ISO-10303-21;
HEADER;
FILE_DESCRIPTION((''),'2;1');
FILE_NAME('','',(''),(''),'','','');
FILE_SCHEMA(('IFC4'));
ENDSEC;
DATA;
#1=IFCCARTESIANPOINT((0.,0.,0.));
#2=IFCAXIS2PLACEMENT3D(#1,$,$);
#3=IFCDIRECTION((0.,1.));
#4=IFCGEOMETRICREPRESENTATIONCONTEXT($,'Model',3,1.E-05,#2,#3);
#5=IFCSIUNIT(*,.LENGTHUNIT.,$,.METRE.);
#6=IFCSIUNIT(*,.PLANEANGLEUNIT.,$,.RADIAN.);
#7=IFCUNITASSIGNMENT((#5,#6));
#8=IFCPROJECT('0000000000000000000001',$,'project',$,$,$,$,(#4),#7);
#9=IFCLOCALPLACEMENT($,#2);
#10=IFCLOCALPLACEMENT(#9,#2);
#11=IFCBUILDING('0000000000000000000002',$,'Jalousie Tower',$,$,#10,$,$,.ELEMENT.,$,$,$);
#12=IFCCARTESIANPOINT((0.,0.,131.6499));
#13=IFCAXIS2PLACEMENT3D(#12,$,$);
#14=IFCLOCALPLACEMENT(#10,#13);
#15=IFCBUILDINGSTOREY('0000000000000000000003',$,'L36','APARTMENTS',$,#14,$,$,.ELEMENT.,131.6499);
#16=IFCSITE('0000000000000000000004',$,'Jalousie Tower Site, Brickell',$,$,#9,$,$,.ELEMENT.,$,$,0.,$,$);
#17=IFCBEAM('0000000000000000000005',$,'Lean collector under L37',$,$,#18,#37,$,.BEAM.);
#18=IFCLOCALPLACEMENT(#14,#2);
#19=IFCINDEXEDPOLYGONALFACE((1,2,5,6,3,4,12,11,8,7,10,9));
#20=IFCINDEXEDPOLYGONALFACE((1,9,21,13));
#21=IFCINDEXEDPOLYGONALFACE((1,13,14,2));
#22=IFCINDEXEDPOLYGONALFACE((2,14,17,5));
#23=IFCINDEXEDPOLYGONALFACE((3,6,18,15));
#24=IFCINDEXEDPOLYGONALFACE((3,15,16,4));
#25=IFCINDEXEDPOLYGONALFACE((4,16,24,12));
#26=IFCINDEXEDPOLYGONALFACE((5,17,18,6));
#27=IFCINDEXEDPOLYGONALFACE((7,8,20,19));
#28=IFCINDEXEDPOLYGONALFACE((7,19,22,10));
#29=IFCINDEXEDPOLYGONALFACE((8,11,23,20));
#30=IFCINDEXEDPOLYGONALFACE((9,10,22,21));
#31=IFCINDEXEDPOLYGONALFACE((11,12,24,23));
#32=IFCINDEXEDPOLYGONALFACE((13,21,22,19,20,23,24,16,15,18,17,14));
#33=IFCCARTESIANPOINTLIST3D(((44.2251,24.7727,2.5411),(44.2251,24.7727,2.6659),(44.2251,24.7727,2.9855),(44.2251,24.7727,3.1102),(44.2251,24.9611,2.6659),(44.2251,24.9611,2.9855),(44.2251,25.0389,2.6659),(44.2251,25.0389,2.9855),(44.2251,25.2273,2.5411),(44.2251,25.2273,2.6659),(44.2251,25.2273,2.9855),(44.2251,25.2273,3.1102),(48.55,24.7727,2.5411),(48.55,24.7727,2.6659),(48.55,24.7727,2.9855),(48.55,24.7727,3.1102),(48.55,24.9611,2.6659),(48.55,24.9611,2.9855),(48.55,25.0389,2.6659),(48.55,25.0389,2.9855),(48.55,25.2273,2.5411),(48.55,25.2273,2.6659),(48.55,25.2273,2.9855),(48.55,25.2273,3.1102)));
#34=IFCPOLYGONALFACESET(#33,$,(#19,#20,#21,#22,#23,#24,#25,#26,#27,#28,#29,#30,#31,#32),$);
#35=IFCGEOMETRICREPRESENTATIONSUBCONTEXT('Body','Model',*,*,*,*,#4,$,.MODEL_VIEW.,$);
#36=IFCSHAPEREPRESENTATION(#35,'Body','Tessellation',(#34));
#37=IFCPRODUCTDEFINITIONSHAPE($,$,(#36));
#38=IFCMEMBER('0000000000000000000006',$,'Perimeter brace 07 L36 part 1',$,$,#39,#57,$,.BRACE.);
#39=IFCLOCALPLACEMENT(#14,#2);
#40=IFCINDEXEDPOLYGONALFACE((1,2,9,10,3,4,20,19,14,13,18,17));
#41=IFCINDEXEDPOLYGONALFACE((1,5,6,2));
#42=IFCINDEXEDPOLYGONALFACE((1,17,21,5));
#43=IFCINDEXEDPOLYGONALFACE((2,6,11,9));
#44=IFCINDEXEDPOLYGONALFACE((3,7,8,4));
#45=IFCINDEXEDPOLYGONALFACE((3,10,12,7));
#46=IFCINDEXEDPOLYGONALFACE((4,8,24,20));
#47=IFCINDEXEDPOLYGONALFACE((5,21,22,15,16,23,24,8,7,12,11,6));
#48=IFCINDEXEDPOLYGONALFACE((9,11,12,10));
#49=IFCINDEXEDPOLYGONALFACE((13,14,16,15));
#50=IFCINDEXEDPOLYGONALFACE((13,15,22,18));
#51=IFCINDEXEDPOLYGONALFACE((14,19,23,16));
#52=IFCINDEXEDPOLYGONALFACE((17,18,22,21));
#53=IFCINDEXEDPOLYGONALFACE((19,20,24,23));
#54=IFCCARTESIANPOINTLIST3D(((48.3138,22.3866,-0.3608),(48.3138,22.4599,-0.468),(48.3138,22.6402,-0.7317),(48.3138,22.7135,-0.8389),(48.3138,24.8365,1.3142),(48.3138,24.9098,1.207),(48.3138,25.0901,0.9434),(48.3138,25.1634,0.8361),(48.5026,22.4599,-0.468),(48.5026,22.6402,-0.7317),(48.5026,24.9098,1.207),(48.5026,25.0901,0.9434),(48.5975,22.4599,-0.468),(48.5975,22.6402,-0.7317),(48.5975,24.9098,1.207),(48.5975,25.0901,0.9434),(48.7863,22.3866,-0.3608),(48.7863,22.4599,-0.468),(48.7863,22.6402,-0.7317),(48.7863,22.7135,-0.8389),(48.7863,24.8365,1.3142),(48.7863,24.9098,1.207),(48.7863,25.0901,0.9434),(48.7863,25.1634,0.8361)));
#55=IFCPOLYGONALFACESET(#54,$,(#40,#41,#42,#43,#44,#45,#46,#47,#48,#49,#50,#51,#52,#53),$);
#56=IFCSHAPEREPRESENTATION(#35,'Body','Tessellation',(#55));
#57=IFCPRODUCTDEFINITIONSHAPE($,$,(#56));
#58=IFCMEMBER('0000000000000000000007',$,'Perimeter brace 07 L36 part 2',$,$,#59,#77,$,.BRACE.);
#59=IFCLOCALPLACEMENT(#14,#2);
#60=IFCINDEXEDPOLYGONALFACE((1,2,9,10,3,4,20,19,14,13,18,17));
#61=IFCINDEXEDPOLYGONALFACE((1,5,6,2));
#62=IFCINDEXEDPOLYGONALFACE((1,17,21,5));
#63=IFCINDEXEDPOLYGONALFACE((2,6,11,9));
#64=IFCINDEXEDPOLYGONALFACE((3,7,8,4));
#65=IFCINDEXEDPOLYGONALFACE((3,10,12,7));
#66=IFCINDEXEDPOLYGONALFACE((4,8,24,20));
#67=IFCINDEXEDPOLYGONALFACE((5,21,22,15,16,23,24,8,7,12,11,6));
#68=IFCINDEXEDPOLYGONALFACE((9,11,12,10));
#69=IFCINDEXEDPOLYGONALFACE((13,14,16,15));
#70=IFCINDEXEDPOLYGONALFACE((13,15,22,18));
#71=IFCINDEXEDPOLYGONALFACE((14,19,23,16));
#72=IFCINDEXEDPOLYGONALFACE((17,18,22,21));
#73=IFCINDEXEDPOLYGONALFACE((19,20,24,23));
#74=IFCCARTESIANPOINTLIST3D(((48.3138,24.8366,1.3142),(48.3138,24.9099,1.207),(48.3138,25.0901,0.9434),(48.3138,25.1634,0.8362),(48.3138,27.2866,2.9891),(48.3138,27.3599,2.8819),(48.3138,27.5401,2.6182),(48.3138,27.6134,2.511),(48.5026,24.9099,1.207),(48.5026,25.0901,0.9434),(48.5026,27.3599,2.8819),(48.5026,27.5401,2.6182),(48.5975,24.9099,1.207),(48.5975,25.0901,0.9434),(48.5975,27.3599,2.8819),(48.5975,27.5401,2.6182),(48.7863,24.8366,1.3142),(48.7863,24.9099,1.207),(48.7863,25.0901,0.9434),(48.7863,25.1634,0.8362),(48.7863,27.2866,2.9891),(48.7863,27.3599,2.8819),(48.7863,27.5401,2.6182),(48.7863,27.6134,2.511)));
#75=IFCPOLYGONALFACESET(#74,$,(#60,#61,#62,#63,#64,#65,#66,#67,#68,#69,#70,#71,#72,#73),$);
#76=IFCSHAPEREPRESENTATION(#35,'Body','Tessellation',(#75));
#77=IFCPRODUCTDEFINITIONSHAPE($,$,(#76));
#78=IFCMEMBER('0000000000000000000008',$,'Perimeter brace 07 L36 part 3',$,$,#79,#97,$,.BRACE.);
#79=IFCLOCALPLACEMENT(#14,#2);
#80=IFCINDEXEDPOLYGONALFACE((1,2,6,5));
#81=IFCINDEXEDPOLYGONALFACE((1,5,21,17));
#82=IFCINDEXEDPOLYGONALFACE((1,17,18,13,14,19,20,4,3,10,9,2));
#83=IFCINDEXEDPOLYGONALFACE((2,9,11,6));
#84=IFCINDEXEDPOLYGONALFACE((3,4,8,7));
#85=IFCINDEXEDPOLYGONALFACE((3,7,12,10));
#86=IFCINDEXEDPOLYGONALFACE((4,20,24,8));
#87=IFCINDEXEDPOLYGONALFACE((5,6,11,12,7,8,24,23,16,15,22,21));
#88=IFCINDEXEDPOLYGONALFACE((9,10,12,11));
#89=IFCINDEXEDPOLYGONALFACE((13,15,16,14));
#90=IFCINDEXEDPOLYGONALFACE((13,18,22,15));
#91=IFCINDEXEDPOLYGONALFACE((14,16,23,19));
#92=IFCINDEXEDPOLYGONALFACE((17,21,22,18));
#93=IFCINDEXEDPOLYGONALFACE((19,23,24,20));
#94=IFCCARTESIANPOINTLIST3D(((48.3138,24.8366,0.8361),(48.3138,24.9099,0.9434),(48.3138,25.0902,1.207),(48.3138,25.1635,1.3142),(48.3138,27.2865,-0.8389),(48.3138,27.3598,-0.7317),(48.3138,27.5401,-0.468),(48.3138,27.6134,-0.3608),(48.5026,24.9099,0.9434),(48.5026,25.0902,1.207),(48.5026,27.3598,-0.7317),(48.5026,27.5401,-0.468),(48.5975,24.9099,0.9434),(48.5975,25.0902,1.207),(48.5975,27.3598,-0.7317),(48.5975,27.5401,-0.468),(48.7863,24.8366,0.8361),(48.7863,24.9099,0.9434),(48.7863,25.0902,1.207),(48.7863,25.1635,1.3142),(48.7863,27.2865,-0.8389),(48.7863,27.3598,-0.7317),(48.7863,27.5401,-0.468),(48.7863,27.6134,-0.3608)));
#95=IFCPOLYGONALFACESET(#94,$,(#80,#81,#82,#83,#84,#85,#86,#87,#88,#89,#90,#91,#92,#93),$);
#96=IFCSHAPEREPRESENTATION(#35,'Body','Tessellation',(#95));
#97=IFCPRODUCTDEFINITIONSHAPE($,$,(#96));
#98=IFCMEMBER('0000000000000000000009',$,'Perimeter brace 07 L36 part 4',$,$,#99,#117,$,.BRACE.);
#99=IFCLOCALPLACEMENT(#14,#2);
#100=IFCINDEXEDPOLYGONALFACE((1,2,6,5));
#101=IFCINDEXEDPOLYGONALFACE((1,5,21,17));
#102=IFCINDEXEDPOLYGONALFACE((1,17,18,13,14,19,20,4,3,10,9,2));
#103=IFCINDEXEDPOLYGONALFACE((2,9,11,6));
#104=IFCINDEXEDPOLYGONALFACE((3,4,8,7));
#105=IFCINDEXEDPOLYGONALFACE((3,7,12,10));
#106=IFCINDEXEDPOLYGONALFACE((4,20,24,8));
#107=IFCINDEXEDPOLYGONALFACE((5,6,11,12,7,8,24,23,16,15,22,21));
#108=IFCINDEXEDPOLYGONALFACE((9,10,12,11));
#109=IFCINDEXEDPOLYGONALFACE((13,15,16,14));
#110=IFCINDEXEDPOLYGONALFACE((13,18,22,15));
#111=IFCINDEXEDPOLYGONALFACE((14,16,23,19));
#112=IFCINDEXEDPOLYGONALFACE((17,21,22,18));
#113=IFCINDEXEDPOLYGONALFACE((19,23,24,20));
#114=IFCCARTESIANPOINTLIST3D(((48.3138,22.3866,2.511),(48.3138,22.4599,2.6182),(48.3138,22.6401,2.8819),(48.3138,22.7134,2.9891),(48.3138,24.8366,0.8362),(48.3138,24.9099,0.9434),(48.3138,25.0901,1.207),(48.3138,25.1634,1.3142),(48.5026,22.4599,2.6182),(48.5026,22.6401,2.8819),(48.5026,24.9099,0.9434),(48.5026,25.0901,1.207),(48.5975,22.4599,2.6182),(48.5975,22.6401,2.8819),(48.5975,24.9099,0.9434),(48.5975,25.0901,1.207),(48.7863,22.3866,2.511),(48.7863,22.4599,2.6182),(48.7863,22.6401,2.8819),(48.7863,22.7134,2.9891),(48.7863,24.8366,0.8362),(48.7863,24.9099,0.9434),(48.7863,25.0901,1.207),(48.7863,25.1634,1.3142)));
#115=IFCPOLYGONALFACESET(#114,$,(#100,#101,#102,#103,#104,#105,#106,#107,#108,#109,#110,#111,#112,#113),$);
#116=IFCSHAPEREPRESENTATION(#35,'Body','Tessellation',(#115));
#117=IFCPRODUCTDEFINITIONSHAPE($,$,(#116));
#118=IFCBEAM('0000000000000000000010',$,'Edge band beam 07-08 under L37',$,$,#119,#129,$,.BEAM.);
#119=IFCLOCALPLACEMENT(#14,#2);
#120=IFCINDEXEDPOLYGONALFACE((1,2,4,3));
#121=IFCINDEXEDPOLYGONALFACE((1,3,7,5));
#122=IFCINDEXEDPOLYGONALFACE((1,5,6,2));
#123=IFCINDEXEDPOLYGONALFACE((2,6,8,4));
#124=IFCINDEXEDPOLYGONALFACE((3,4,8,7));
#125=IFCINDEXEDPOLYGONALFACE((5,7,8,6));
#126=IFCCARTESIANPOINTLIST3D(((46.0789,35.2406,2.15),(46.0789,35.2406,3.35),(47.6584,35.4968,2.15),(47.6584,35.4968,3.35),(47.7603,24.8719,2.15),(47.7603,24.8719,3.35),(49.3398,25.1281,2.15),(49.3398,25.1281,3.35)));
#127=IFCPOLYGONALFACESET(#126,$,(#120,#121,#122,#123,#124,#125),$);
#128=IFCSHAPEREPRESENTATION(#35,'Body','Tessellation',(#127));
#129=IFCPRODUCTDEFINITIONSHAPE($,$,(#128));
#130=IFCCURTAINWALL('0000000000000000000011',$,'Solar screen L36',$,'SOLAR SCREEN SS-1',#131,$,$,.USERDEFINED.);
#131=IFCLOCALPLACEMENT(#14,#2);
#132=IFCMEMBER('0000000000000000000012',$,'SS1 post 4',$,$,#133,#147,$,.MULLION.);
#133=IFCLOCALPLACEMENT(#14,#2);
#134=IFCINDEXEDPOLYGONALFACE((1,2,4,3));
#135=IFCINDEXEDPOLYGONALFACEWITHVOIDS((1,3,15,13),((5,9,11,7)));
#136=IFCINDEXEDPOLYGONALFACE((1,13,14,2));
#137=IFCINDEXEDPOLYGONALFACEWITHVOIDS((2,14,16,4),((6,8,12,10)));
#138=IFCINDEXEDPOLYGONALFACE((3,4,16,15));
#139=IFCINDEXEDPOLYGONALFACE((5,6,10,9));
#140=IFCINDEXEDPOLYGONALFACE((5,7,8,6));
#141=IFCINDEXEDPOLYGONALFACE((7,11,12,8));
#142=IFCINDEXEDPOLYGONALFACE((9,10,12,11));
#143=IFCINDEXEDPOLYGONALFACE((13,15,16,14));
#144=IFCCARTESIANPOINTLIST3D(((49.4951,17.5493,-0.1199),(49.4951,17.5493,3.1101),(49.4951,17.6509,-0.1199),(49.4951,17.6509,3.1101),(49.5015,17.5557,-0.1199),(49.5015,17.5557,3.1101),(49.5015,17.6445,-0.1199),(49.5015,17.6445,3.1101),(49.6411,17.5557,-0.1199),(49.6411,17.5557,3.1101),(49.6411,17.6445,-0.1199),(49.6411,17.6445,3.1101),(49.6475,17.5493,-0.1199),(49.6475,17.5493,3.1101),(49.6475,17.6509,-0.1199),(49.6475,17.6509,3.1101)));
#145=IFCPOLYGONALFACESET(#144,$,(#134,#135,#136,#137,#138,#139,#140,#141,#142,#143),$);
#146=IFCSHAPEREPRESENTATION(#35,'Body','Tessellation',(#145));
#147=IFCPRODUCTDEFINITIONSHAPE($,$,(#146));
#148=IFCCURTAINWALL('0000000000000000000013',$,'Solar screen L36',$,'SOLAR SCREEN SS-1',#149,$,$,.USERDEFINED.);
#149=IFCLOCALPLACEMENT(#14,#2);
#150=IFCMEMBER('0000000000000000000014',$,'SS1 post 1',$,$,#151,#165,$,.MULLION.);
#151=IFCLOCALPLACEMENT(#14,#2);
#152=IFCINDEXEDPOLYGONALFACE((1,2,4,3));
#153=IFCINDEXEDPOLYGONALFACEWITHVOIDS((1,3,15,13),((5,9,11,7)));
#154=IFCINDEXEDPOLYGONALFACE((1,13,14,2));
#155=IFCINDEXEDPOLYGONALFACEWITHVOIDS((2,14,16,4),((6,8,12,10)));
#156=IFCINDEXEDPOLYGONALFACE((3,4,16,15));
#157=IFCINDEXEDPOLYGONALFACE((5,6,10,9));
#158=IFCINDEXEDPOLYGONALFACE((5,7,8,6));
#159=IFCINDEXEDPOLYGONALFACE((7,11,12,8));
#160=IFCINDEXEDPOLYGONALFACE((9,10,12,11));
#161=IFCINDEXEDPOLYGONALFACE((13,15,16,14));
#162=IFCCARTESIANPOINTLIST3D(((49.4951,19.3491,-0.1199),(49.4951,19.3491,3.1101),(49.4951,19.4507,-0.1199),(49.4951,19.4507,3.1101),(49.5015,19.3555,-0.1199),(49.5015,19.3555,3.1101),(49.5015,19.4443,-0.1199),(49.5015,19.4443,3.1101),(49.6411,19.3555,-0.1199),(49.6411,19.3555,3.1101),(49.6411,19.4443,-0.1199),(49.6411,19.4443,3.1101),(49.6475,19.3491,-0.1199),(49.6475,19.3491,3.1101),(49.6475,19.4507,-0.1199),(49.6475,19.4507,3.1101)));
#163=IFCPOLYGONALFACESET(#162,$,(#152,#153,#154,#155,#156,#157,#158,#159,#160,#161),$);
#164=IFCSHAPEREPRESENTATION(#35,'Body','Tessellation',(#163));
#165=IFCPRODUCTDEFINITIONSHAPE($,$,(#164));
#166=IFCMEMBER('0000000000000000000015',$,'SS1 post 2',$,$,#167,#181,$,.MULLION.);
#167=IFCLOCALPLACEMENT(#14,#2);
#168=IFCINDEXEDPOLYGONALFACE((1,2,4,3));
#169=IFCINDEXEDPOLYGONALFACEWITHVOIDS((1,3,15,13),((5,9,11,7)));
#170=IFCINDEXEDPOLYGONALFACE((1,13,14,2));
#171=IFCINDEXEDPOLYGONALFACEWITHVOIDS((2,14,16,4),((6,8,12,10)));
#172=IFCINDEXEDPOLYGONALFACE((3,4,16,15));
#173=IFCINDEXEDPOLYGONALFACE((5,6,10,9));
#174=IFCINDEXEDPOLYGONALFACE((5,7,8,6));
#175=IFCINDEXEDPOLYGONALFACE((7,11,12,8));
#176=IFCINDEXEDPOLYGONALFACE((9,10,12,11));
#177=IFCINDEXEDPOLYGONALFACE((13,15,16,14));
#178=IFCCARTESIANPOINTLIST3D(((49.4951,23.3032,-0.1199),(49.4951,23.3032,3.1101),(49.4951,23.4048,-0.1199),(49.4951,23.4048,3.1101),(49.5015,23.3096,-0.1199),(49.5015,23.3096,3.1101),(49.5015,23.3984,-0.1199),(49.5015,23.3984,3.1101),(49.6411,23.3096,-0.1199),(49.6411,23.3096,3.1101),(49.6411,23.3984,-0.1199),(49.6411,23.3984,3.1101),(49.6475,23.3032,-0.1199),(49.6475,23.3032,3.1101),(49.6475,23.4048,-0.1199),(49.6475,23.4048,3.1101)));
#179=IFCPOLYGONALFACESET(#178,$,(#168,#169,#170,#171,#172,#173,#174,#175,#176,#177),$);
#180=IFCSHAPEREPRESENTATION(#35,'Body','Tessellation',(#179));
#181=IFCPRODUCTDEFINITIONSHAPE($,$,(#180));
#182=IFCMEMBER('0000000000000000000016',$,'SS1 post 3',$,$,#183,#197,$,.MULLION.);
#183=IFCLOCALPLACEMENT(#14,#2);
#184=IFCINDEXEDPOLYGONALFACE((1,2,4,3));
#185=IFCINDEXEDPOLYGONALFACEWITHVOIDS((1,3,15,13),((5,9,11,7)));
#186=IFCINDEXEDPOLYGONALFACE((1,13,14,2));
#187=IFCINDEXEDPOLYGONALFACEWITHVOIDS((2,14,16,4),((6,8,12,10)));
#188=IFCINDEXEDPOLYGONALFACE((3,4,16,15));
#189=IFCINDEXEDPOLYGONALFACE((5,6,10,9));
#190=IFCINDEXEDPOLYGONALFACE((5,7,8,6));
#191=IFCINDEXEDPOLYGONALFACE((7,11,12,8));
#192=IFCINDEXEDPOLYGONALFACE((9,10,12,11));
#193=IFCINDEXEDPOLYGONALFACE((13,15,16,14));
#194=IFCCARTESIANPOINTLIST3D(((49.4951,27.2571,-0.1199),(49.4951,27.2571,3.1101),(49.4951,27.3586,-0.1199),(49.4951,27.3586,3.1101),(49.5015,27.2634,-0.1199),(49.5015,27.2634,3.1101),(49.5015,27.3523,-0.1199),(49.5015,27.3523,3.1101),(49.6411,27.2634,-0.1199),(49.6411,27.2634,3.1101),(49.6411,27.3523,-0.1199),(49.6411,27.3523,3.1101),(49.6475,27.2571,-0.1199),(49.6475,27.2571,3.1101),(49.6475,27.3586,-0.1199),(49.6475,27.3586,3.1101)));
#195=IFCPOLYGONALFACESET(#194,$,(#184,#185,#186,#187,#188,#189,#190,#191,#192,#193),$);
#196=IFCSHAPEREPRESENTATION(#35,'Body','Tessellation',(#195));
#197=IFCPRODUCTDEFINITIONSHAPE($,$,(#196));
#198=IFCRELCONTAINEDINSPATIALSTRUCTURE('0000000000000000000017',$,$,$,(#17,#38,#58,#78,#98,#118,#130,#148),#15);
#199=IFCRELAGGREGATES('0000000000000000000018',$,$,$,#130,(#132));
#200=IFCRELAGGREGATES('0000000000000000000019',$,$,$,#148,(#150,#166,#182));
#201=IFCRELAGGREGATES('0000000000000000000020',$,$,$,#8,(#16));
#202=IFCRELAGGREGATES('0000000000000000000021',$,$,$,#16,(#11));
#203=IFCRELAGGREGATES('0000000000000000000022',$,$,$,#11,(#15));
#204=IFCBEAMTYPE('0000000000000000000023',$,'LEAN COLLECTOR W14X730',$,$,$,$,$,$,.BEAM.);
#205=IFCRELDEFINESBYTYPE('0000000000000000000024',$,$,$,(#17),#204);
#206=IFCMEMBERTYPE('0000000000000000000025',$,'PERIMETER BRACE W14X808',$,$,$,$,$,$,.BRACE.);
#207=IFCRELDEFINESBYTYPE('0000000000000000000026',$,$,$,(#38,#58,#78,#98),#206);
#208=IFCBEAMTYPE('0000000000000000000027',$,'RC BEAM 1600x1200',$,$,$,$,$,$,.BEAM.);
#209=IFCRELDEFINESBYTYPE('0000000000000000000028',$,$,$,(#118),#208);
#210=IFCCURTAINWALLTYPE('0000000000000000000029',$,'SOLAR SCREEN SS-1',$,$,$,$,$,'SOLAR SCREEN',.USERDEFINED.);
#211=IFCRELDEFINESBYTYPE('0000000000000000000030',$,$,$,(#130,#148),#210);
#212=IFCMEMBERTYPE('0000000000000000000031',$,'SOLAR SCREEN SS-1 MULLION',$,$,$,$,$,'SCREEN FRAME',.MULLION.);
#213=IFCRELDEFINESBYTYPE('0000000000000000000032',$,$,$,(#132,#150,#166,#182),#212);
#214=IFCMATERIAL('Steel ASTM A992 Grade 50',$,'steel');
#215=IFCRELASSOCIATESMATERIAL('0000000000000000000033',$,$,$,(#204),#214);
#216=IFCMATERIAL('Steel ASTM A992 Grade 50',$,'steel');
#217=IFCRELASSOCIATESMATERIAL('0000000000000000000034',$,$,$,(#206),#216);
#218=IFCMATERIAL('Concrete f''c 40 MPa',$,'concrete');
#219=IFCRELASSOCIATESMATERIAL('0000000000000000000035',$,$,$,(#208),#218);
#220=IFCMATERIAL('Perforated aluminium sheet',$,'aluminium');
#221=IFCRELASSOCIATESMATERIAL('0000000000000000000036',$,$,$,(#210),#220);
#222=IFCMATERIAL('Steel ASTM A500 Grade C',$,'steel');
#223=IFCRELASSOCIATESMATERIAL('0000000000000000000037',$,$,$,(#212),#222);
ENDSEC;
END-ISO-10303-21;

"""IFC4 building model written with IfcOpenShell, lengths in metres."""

from ifc_helpers import new_model, si_unit, direction, frame, origin, origin_2d, place, context, subcontext, project, spatial, rectangle, hollow_rectangle, i_section, extrude, material, material_profile, profile_set, type_object, element, aggregate, save


model = new_model("IFC4")

# Units and contexts
model_context = context("Model", 3, precision=1e-05, world=origin(), true_north=direction((0.0, 1.0)))
body_context = subcontext(model_context, "Body", "Model", "MODEL_VIEW")
ifc_project = project(units=[si_unit("LENGTHUNIT", "METRE"), si_unit("PLANEANGLEUNIT", "RADIAN")], contexts=[model_context])

# Site, building, storey
site_placement = place(None, origin())
site = spatial("IfcSite", under=ifc_project, at=site_placement, Name="Jalousie Tower Site, Brickell", CompositionType="ELEMENT", RefElevation=0.0)
building_placement = place(site_placement, origin())
building = spatial("IfcBuilding", under=site, at=building_placement, Name="Jalousie Tower", CompositionType="ELEMENT")
storey_placement = place(building_placement, frame((0.0, 0.0, 131.6499)))
storey = spatial("IfcBuildingStorey", under=building, at=storey_placement, Name="L36", Description="APARTMENTS", CompositionType="ELEMENT", Elevation=131.6499)

# Beam
ifc_material_1 = material(Name="Steel ASTM A992 Grade 50", Category="steel")
ifc_material_profile_1 = material_profile(ifc_material_1, i_section(OverallWidth=0.4546, OverallDepth=0.5691, WebThickness=0.0779, FlangeThickness=0.1248, at=origin_2d()), Name="W14X730")
ifc_profile_set_1 = profile_set([ifc_material_profile_1], Name="Steel ASTM A992 Grade 50")
beam_type_1 = type_object("IfcBeamType", Name="LEAN COLLECTOR W14X730", PredefinedType="BEAM", material=ifc_profile_set_1)
beam_1_placement = place(storey_placement, frame((48.55, 25.0, 2.8257), z_axis=(-1.0, 0.0, 0.0), x_axis=(0.0, -1.0, 0.0)))
element("IfcBeam", 1, at=beam_1_placement, inside=storey, type_object=beam_type_1, Name="Lean collector under L37", PredefinedType="BEAM", context=body_context, shape_type="SweptSolid", body=[
    extrude(i_section(OverallWidth=0.4546, OverallDepth=0.5691, WebThickness=0.0779, FlangeThickness=0.1248, at=origin_2d()), origin(), (0.0, 0.0, 1.0), 4.325),
])

# Members
ifc_material_2 = material(Name="Steel ASTM A992 Grade 50", Category="steel")
ifc_material_profile_2 = material_profile(ifc_material_2, i_section(OverallWidth=0.4724, OverallDepth=0.5791, WebThickness=0.095, FlangeThickness=0.1299, at=origin_2d()), Name="W14X808")
ifc_profile_set_2 = profile_set([ifc_material_profile_2], Name="Steel ASTM A992 Grade 50")
member_type_1 = type_object("IfcMemberType", Name="PERIMETER BRACE W14X808", PredefinedType="BRACE", material=ifc_profile_set_2)
for number, where, z_axis, x_axis, name in (
    (2, (48.55, 22.55, -0.5999), (0.0, 0.825501, 0.564401), (-1.0, 0.0, 0.0), "Perimeter brace 07 L36 part 1"),
    (3, (48.55, 25.0, 1.0752), (0.0, 0.825539, 0.564345), (-1.0, 0.0, 0.0), "Perimeter brace 07 L36 part 2"),
    (4, (48.55, 27.45, -0.5999), (0.0, -0.825501, 0.564401), (1.0, 0.0, 0.0), "Perimeter brace 07 L36 part 3"),
    (5, (48.55, 25.0, 1.0752), (0.0, -0.825539, 0.564345), (1.0, 0.0, 0.0), "Perimeter brace 07 L36 part 4"),
):
    element("IfcMember", number, at=place(storey_placement, frame(where, z_axis=z_axis, x_axis=x_axis)), inside=storey, type_object=member_type_1, Name=name, PredefinedType="BRACE", context=body_context, shape_type="SweptSolid", body=[
        extrude(i_section(OverallWidth=0.4724, OverallDepth=0.5791, WebThickness=0.095, FlangeThickness=0.1299, at=origin_2d()), origin(), (0.0, 0.0, 1.0), 2.9678),
    ])

# Beam
ifc_material_3 = material(Name="Concrete f'c 40 MPa", Category="concrete")
ifc_material_profile_3 = material_profile(ifc_material_3, rectangle(XDim=1.6001, YDim=1.2, at=origin_2d()), Name="RC 1600x1200")
ifc_profile_set_3 = profile_set([ifc_material_profile_3], Name="Concrete f'c 40 MPa")
beam_type_2 = type_object("IfcBeamType", Name="RC BEAM 1600x1200", PredefinedType="BEAM", material=ifc_profile_set_3)
beam_2_placement = place(storey_placement, frame((48.55, 25.0, 2.75), z_axis=(-0.160071, 0.987106, 0.0), x_axis=(-0.987106, -0.160071, 0.0)))
element("IfcBeam", 6, at=beam_2_placement, inside=storey, type_object=beam_type_2, Name="Edge band beam 07-08 under L37", PredefinedType="BEAM", context=body_context, shape_type="SweptSolid", body=[
    extrude(rectangle(XDim=1.6001, YDim=1.2, at=origin_2d()), origin(), (0.0, 0.0, 1.0), 10.5042),
])

# Curtain wall, member
ifc_material_4 = material(Name="Perforated aluminium sheet", Category="aluminium")
curtain_wall_type = type_object("IfcCurtainWallType", Name="SOLAR SCREEN SS-1", ElementType="SOLAR SCREEN", PredefinedType="USERDEFINED", material=ifc_material_4)
curtain_wall_1_placement = place(storey_placement, origin())
curtain_wall_1 = element("IfcCurtainWall", 7, at=curtain_wall_1_placement, inside=storey, type_object=curtain_wall_type, Name="Solar screen L36", ObjectType="SOLAR SCREEN SS-1", PredefinedType="USERDEFINED")
ifc_material_5 = material(Name="Steel ASTM A500 Grade C", Category="steel")
ifc_material_profile_4 = material_profile(ifc_material_5, hollow_rectangle(XDim=0.1016, YDim=0.1523, WallThickness=0.0063, at=origin_2d()), Name="HSS6X4X1/4")
ifc_profile_set_4 = profile_set([ifc_material_profile_4], Name="Steel ASTM A500 Grade C")
member_type_2 = type_object("IfcMemberType", Name="SOLAR SCREEN SS-1 MULLION", ElementType="SCREEN FRAME", PredefinedType="MULLION", material=ifc_profile_set_4)
member_1_placement = place(storey_placement, frame((49.5713, 17.6001, -0.1199), z_axis=(0.0, 0.0, 1.0), x_axis=(0.0, 1.0, 0.0)))
member_1 = element("IfcMember", 8, at=member_1_placement, type_object=member_type_2, Name="SS1 post 4", PredefinedType="MULLION", context=body_context, shape_type="SweptSolid", body=[
    extrude(hollow_rectangle(XDim=0.1016, YDim=0.1523, WallThickness=0.0063, at=origin_2d()), origin(), (0.0, 0.0, 1.0), 3.23),
])
aggregate(curtain_wall_1, [member_1])

# Curtain wall, members
curtain_wall_2_placement = place(storey_placement, origin())
curtain_wall_2 = element("IfcCurtainWall", 9, at=curtain_wall_2_placement, inside=storey, type_object=curtain_wall_type, Name="Solar screen L36", ObjectType="SOLAR SCREEN SS-1", PredefinedType="USERDEFINED")
member_2_placement = place(storey_placement, frame((49.5713, 19.3999, -0.1199), z_axis=(0.0, 0.0, 1.0), x_axis=(0.0, 1.0, 0.0)))
member_2 = element("IfcMember", 10, at=member_2_placement, type_object=member_type_2, Name="SS1 post 1", PredefinedType="MULLION", context=body_context, shape_type="SweptSolid", body=[
    extrude(hollow_rectangle(XDim=0.1016, YDim=0.1523, WallThickness=0.0063, at=origin_2d()), origin(), (0.0, 0.0, 1.0), 3.23),
])
member_3_placement = place(storey_placement, frame((49.5713, 23.354, -0.1199), z_axis=(0.0, 0.0, 1.0), x_axis=(0.0, 1.0, 0.0)))
member_3 = element("IfcMember", 11, at=member_3_placement, type_object=member_type_2, Name="SS1 post 2", PredefinedType="MULLION", context=body_context, shape_type="SweptSolid", body=[
    extrude(hollow_rectangle(XDim=0.1016, YDim=0.1523, WallThickness=0.0063, at=origin_2d()), origin(), (0.0, 0.0, 1.0), 3.23),
])
member_4_placement = place(storey_placement, frame((49.5713, 27.3079, -0.1199), z_axis=(0.0, 0.0, 1.0), x_axis=(0.0, 1.0, 0.0)))
member_4 = element("IfcMember", 12, at=member_4_placement, type_object=member_type_2, Name="SS1 post 3", PredefinedType="MULLION", context=body_context, shape_type="SweptSolid", body=[
    extrude(hollow_rectangle(XDim=0.1016, YDim=0.1523, WallThickness=0.0063, at=origin_2d()), origin(), (0.0, 0.0, 1.0), 3.23),
])
aggregate(curtain_wall_2, [member_2, member_3, member_4])

save(model, "model.ifc")
